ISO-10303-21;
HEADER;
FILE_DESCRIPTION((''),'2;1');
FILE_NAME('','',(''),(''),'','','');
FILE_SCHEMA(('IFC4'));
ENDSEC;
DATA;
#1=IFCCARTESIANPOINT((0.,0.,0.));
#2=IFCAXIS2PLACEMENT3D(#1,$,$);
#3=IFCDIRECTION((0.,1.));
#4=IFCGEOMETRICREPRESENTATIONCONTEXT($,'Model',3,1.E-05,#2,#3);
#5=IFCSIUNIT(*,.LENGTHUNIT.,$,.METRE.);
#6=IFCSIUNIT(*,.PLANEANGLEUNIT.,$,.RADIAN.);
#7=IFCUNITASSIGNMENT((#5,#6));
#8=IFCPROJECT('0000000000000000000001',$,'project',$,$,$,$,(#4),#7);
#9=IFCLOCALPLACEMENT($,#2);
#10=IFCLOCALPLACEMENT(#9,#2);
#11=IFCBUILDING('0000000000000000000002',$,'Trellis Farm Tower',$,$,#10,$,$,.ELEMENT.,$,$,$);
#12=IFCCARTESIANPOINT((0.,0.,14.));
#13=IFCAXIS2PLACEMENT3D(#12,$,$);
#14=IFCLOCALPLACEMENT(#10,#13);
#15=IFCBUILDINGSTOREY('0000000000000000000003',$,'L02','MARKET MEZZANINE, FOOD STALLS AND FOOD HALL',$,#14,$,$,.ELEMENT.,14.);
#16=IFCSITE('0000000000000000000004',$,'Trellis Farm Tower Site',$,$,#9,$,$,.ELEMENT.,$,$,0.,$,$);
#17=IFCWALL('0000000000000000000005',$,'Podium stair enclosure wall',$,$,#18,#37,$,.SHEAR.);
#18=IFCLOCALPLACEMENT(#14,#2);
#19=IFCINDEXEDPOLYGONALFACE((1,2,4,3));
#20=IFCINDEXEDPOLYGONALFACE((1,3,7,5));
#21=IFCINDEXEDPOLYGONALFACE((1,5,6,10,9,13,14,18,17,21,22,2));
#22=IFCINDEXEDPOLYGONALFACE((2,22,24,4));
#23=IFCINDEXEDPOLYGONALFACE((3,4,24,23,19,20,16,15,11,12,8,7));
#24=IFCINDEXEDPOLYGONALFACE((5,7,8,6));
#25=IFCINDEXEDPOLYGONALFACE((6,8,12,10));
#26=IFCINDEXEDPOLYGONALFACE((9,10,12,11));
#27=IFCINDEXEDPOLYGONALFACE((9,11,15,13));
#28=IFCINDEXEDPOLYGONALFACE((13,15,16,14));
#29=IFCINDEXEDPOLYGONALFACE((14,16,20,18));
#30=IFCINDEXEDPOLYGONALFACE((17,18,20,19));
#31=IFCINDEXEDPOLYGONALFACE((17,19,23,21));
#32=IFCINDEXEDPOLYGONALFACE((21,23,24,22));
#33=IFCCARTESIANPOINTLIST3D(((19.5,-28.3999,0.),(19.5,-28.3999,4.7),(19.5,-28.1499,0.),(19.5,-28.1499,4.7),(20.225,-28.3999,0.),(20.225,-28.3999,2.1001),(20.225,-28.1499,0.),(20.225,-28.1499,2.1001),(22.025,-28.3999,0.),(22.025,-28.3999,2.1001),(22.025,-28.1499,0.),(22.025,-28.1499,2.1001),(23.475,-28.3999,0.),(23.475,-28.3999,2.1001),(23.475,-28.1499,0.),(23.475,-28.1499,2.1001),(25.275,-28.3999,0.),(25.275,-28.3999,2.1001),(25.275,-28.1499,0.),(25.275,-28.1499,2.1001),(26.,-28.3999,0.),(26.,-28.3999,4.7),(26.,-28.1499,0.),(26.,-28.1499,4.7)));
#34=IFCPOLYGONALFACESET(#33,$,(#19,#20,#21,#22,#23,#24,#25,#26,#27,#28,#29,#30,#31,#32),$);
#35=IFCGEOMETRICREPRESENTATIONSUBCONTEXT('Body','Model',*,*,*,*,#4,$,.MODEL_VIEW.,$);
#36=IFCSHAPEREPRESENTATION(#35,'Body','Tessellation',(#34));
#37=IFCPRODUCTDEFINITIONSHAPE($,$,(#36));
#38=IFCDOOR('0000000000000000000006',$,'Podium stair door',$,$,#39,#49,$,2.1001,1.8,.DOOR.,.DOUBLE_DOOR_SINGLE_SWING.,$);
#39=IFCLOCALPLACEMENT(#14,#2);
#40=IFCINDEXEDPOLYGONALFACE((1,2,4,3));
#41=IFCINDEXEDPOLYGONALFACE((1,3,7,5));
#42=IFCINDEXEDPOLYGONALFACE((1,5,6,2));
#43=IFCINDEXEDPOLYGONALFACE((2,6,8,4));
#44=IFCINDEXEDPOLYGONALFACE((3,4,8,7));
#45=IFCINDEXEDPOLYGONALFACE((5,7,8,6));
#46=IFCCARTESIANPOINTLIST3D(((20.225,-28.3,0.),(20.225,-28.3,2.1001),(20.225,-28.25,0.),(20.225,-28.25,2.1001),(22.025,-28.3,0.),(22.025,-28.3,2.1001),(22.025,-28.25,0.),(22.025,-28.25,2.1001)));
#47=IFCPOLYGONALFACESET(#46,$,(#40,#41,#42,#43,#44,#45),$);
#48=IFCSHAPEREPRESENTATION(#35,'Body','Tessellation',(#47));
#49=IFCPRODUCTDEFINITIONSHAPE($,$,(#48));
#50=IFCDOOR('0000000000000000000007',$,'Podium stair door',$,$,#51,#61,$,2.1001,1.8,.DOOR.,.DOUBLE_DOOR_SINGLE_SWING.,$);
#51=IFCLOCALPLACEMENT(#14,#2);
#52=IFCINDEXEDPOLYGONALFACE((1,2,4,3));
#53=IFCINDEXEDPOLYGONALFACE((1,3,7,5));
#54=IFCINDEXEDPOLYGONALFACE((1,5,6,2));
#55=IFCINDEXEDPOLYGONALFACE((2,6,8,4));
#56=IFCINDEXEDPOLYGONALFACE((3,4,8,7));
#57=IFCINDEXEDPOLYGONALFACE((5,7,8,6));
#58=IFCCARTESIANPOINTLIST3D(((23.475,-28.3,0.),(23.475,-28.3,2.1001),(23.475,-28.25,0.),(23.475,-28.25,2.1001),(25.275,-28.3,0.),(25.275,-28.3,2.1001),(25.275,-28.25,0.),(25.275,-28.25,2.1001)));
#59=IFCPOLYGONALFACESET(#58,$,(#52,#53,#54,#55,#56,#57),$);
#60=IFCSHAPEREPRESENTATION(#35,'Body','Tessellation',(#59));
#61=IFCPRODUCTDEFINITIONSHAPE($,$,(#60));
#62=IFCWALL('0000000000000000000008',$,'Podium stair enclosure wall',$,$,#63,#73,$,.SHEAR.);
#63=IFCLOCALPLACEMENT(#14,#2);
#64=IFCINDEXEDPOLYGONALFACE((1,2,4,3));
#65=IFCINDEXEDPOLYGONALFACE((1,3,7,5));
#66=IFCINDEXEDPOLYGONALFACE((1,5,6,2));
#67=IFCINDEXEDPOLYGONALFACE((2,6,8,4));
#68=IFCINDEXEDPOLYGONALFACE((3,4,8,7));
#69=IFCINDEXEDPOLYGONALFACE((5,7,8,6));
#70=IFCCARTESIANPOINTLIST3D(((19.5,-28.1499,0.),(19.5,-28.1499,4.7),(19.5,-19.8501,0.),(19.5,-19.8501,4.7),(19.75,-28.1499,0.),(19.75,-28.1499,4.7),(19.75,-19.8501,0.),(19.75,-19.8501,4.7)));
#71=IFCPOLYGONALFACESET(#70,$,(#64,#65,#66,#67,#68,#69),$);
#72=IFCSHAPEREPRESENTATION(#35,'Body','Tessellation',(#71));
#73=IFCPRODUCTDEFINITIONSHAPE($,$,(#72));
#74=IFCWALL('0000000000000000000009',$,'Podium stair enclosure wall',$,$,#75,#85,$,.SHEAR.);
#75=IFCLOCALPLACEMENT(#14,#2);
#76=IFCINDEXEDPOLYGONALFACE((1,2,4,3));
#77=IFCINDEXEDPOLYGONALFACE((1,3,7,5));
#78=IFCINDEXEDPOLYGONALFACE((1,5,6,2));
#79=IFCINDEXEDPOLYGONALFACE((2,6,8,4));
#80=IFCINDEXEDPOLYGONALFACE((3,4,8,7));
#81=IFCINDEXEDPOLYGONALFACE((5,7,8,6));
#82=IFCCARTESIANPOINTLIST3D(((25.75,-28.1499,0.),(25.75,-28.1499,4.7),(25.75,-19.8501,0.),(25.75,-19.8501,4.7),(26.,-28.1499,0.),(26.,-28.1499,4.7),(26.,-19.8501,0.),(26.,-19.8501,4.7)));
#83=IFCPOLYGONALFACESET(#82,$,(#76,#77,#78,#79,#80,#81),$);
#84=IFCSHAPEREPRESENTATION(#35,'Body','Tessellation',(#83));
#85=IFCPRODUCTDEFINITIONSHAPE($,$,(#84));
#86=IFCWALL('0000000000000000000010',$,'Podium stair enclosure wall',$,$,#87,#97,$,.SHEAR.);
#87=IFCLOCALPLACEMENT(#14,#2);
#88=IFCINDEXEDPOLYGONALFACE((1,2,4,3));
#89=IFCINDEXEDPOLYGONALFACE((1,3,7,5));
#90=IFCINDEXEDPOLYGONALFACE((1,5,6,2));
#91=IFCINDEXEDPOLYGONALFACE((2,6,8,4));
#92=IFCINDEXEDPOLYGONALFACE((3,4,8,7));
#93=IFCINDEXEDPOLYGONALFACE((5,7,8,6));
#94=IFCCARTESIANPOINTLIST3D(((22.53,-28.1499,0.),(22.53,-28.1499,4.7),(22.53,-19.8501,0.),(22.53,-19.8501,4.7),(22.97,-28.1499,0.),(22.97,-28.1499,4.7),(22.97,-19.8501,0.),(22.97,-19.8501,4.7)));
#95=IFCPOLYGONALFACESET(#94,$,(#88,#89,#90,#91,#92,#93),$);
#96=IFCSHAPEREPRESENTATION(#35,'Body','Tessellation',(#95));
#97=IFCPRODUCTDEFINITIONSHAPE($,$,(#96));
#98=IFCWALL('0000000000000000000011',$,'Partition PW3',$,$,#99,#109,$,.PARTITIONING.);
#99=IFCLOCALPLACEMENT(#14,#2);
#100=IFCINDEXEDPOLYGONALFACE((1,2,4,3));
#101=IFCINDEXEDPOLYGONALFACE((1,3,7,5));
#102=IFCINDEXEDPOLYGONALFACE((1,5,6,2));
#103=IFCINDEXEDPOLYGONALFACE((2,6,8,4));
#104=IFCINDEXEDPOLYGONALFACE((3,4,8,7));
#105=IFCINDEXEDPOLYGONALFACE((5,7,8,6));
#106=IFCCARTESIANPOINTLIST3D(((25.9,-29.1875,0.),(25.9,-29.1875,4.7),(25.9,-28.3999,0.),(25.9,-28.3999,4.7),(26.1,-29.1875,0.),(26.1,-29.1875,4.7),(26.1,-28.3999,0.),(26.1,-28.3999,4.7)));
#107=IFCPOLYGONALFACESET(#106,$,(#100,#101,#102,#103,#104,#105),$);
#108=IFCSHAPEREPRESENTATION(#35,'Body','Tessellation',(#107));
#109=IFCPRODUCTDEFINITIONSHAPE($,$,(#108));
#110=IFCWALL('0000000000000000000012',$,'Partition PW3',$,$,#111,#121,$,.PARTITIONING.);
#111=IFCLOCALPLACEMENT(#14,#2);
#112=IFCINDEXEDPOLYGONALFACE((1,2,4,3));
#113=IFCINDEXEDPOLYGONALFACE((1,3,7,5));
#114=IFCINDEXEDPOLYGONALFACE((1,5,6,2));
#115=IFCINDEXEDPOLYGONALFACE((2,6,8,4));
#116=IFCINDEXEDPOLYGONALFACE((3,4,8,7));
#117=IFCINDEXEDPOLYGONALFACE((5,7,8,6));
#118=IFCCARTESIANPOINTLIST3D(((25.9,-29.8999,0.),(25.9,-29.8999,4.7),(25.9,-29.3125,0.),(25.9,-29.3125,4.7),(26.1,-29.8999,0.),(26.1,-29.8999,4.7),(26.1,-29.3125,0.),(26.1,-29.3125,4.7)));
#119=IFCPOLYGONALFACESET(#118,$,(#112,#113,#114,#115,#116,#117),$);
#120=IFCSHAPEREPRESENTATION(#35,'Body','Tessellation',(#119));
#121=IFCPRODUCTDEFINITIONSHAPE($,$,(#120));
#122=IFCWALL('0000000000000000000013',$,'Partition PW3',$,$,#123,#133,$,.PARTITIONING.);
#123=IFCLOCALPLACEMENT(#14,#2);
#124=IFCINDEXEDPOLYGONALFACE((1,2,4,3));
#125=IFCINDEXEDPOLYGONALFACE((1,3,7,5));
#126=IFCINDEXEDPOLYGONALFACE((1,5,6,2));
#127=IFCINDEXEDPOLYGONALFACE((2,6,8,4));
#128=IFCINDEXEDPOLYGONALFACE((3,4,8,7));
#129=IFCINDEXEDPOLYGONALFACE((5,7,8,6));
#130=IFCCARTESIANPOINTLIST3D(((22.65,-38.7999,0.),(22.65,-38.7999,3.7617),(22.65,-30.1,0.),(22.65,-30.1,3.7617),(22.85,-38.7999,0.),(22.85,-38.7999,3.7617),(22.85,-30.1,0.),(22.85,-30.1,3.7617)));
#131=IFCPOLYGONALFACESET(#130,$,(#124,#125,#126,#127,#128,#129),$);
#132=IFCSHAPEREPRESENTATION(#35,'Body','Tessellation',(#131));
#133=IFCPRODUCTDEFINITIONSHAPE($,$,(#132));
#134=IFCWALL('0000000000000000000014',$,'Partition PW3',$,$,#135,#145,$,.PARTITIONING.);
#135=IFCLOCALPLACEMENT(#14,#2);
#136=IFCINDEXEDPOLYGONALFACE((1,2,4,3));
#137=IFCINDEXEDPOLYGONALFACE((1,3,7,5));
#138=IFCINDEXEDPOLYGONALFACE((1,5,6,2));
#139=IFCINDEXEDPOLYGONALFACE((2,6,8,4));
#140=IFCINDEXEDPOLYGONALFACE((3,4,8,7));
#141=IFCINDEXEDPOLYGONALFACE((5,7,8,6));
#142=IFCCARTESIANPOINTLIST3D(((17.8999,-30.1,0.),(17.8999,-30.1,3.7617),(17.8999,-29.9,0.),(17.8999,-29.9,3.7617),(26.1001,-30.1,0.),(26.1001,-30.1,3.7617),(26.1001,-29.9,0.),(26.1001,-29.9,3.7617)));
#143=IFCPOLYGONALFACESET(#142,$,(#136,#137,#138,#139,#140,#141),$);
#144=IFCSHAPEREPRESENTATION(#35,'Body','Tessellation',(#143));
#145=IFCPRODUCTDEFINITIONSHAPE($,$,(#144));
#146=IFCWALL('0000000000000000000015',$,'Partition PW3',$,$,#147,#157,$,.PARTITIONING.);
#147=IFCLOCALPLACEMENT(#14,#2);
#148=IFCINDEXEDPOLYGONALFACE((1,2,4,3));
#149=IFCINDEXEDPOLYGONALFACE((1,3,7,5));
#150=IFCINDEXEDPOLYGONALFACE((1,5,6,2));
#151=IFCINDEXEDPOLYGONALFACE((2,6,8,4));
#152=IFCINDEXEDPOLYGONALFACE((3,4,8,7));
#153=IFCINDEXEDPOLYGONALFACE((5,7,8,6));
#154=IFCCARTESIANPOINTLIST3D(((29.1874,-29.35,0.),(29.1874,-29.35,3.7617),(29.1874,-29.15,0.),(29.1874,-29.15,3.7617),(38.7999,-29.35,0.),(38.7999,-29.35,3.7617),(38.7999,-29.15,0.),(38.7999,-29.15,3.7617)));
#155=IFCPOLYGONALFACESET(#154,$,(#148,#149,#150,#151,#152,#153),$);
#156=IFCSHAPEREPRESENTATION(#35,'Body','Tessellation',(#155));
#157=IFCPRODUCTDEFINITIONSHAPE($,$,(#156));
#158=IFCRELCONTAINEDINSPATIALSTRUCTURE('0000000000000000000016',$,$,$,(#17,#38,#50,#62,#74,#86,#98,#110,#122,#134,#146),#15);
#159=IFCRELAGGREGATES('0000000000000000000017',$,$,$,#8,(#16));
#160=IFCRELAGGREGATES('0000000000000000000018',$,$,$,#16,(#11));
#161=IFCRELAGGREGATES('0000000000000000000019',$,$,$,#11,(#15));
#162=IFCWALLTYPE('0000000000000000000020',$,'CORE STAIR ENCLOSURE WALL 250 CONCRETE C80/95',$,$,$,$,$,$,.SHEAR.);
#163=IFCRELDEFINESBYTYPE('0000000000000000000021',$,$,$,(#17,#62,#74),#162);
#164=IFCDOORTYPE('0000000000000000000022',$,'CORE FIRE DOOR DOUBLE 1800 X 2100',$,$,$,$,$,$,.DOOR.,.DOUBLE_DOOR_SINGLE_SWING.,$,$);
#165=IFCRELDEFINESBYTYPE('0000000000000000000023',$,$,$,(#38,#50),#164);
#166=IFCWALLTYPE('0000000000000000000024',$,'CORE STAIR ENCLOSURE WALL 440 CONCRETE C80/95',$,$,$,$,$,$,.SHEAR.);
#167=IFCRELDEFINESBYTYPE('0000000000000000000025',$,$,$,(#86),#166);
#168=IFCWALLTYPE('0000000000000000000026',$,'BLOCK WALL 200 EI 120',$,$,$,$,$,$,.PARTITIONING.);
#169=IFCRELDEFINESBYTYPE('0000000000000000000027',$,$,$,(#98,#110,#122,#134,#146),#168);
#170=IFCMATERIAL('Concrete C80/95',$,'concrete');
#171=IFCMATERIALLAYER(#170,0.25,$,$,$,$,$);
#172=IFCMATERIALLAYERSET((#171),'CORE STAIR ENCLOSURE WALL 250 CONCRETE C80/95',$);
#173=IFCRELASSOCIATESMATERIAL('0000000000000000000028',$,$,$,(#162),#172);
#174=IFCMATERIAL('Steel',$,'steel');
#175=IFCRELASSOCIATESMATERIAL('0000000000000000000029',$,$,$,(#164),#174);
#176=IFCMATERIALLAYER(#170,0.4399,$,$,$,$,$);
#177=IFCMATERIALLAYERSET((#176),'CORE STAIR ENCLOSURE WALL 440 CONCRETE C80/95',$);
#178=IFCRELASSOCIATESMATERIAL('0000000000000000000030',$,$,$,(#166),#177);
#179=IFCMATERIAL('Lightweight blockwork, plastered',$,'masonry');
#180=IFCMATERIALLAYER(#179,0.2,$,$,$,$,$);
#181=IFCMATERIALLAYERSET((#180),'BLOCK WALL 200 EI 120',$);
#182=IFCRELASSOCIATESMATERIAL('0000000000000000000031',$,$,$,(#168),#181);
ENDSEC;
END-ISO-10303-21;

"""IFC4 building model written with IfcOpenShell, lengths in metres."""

from ifc_helpers import new_model, si_unit, direction, frame, frame_2d, origin, place, context, subcontext, project, spatial, rectangle, extrude, source, transform, mapped, material, layer, layer_set, type_object, element, fill, save


model = new_model("IFC4")

# Units and contexts
model_context = context("Model", 3, precision=1e-05, world=origin(), true_north=direction((0.0, 1.0)))
body_context = subcontext(model_context, "Body", "Model", "MODEL_VIEW")
ifc_project = project(units=[si_unit("LENGTHUNIT", "METRE"), si_unit("PLANEANGLEUNIT", "RADIAN")], contexts=[model_context])

# Site, building, storey
site_placement = place(None, origin())
site = spatial("IfcSite", under=ifc_project, at=site_placement, Name="Trellis Farm Tower Site", CompositionType="ELEMENT", RefElevation=0.0)
building_placement = place(site_placement, origin())
building = spatial("IfcBuilding", under=site, at=building_placement, Name="Trellis Farm Tower", CompositionType="ELEMENT")
storey_placement = place(building_placement, frame((0.0, 0.0, 14.0)))
storey = spatial("IfcBuildingStorey", under=building, at=storey_placement, Name="L02", Description="MARKET MEZZANINE, FOOD STALLS AND FOOD HALL", CompositionType="ELEMENT", Elevation=14.0)

# Wall, openings, doors
ifc_material_1 = material(Name="Concrete C80/95", Category="concrete")
ifc_layer_1 = layer(ifc_material_1, 0.25)
ifc_layer_set_1 = layer_set([ifc_layer_1], Name="CORE STAIR ENCLOSURE WALL 250 CONCRETE C80/95")
wall_type_1 = type_object("IfcWallType", Name="CORE STAIR ENCLOSURE WALL 250 CONCRETE C80/95", PredefinedType="SHEAR", material=ifc_layer_set_1)
shared_shape_1 = source(origin(), body_context, "Body", "SweptSolid", [
    extrude(rectangle(XDim=6.5, YDim=0.25, at=frame_2d((3.25, 0.0))), origin(), (0.0, 0.0, 1.0), 4.7),
])
wall_1_placement = place(storey_placement, frame((19.5, -28.2749, 0.0), z_axis=(0.0, 0.0, 1.0), x_axis=(1.0, 0.0, 0.0)))
wall_1 = element("IfcWall", 1, at=wall_1_placement, inside=storey, type_object=wall_type_1, Name="Podium stair enclosure wall", PredefinedType="SHEAR", context=body_context, shape_type="MappedRepresentation", body=[
    mapped(shared_shape_1, transform((0.0, 0.0, 0.0))),
])
shared_shape_2 = source(origin(), body_context, "Body", "SweptSolid", [
    extrude(rectangle(XDim=1.8, YDim=2.1001, at=frame_2d((0.8999, 1.05))), frame((0.0, 0.135, 0.0), z_axis=(0.0, -1.0, 0.0), x_axis=(1.0, 0.0, 0.0)), (0.0, 0.0, 1.0), 0.27),
])
opening_1_placement = place(wall_1_placement, frame((0.7251, 0.0, 0.0)))
opening_1 = element("IfcOpeningElement", 2, at=opening_1_placement, cuts=wall_1, PredefinedType="OPENING", context=body_context, shape_type="MappedRepresentation", body=[
    mapped(shared_shape_2, transform((0.0, 0.0, 0.0))),
])
opening_2_placement = place(wall_1_placement, frame((3.9751, 0.0, 0.0)))
opening_2 = element("IfcOpeningElement", 3, at=opening_2_placement, cuts=wall_1, PredefinedType="OPENING", context=body_context, shape_type="MappedRepresentation", body=[
    mapped(shared_shape_2, transform((0.0, 0.0, 0.0))),
])
ifc_material_2 = material(Name="Steel", Category="steel")
door_type_1 = type_object("IfcDoorType", Name="CORE FIRE DOOR DOUBLE 1800 X 2100", OperationType="DOUBLE_DOOR_SINGLE_SWING", PredefinedType="DOOR", material=ifc_material_2)
shared_shape_3 = source(origin(), body_context, "Body", "SweptSolid", [
    extrude(rectangle(XDim=1.8, YDim=2.1001, at=frame_2d((0.8999, 1.05))), frame((0.0, 0.0249, 0.0), z_axis=(0.0, -1.0, 0.0), x_axis=(1.0, 0.0, 0.0)), (0.0, 0.0, 1.0), 0.05),
])
door_1_placement = place(opening_1_placement, origin())
door_1 = element("IfcDoor", 4, at=door_1_placement, inside=storey, type_object=door_type_1, Name="Podium stair door", OperationType="DOUBLE_DOOR_SINGLE_SWING", OverallHeight=2.1001, OverallWidth=1.8, PredefinedType="DOOR", context=body_context, shape_type="MappedRepresentation", body=[
    mapped(shared_shape_3, transform((0.0, 0.0, 0.0))),
])
fill(opening_1, door_1)
door_2_placement = place(opening_2_placement, origin())
door_2 = element("IfcDoor", 5, at=door_2_placement, inside=storey, type_object=door_type_1, Name="Podium stair door", OperationType="DOUBLE_DOOR_SINGLE_SWING", OverallHeight=2.1001, OverallWidth=1.8, PredefinedType="DOOR", context=body_context, shape_type="MappedRepresentation", body=[
    mapped(shared_shape_3, transform((0.0, 0.0, 0.0))),
])
fill(opening_2, door_2)

# Walls
shared_shape_4 = source(origin(), body_context, "Body", "SweptSolid", [
    extrude(rectangle(XDim=8.2998, YDim=0.25, at=frame_2d((4.1499, 0.0))), origin(), (0.0, 0.0, 1.0), 4.7),
])
for number, where, z_axis, x_axis, name in (
    (6, (19.625, -28.1499, 0.0), (0.0, 0.0, 1.0), (0.0, 1.0, 0.0), "Podium stair enclosure wall"),
    (7, (25.875, -28.1499, 0.0), (0.0, 0.0, 1.0), (0.0, 1.0, 0.0), "Podium stair enclosure wall"),
):
    element("IfcWall", number, at=place(storey_placement, frame(where, z_axis=z_axis, x_axis=x_axis)), inside=storey, type_object=wall_type_1, Name=name, PredefinedType="SHEAR", context=body_context, shape_type="MappedRepresentation", body=[
        mapped(shared_shape_4, transform((0.0, 0.0, 0.0))),
    ])
ifc_layer_2 = layer(ifc_material_1, 0.4399)
ifc_layer_set_2 = layer_set([ifc_layer_2], Name="CORE STAIR ENCLOSURE WALL 440 CONCRETE C80/95")
wall_type_2 = type_object("IfcWallType", Name="CORE STAIR ENCLOSURE WALL 440 CONCRETE C80/95", PredefinedType="SHEAR", material=ifc_layer_set_2)
shared_shape_5 = source(origin(), body_context, "Body", "SweptSolid", [
    extrude(rectangle(XDim=8.2998, YDim=0.4399, at=frame_2d((4.1499, 0.0))), origin(), (0.0, 0.0, 1.0), 4.7),
])
wall_2_placement = place(storey_placement, frame((22.75, -28.1499, 0.0), z_axis=(0.0, 0.0, 1.0), x_axis=(0.0, 1.0, 0.0)))
element("IfcWall", 8, at=wall_2_placement, inside=storey, type_object=wall_type_2, Name="Podium stair enclosure wall", PredefinedType="SHEAR", context=body_context, shape_type="MappedRepresentation", body=[
    mapped(shared_shape_5, transform((0.0, 0.0, 0.0))),
])
ifc_material_3 = material(Name="Lightweight blockwork, plastered", Category="masonry")
ifc_layer_3 = layer(ifc_material_3, 0.2)
ifc_layer_set_3 = layer_set([ifc_layer_3], Name="BLOCK WALL 200 EI 120")
wall_type_3 = type_object("IfcWallType", Name="BLOCK WALL 200 EI 120", PredefinedType="PARTITIONING", material=ifc_layer_set_3)
shared_shape_6 = source(origin(), body_context, "Body", "SweptSolid", [
    extrude(rectangle(XDim=0.7876, YDim=0.2, at=frame_2d((0.3938, 0.0))), origin(), (0.0, 0.0, 1.0), 4.7),
])
wall_3_placement = place(storey_placement, frame((26.0, -29.1875, 0.0), z_axis=(0.0, 0.0, 1.0), x_axis=(0.0, 1.0, 0.0)))
element("IfcWall", 9, at=wall_3_placement, inside=storey, type_object=wall_type_3, Name="Partition PW3", PredefinedType="PARTITIONING", context=body_context, shape_type="MappedRepresentation", body=[
    mapped(shared_shape_6, transform((0.0, 0.0, 0.0))),
])
shared_shape_7 = source(origin(), body_context, "Body", "SweptSolid", [
    extrude(rectangle(XDim=0.5874, YDim=0.2, at=frame_2d((0.2937, 0.0))), origin(), (0.0, 0.0, 1.0), 4.7),
])
wall_4_placement = place(storey_placement, frame((26.0, -29.3125, 0.0), z_axis=(0.0, 0.0, 1.0), x_axis=(0.0, -1.0, 0.0)))
element("IfcWall", 10, at=wall_4_placement, inside=storey, type_object=wall_type_3, Name="Partition PW3", PredefinedType="PARTITIONING", context=body_context, shape_type="MappedRepresentation", body=[
    mapped(shared_shape_7, transform((0.0, 0.0, 0.0))),
])
shared_shape_8 = source(origin(), body_context, "Body", "SweptSolid", [
    extrude(rectangle(XDim=8.7, YDim=0.2, at=frame_2d((4.3501, 0.0))), origin(), (0.0, 0.0, 1.0), 3.7617),
])
wall_5_placement = place(storey_placement, frame((22.75, -38.8, 0.0), z_axis=(0.0, 0.0, 1.0), x_axis=(0.0, 1.0, 0.0)))
element("IfcWall", 11, at=wall_5_placement, inside=storey, type_object=wall_type_3, Name="Partition PW3", PredefinedType="PARTITIONING", context=body_context, shape_type="MappedRepresentation", body=[
    mapped(shared_shape_8, transform((0.0, 0.0, 0.0))),
])
shared_shape_9 = source(origin(), body_context, "Body", "SweptSolid", [
    extrude(rectangle(XDim=8.2002, YDim=0.2, at=frame_2d((4.1001, 0.0))), origin(), (0.0, 0.0, 1.0), 3.7617),
])
wall_6_placement = place(storey_placement, frame((26.1001, -30.0, 0.0), z_axis=(0.0, 0.0, 1.0), x_axis=(-1.0, 0.0, 0.0)))
element("IfcWall", 12, at=wall_6_placement, inside=storey, type_object=wall_type_3, Name="Partition PW3", PredefinedType="PARTITIONING", context=body_context, shape_type="MappedRepresentation", body=[
    mapped(shared_shape_9, transform((0.0, 0.0, 0.0))),
])
shared_shape_10 = source(origin(), body_context, "Body", "SweptSolid", [
    extrude(rectangle(XDim=9.6125, YDim=0.2, at=frame_2d((4.8062, 0.0))), origin(), (0.0, 0.0, 1.0), 3.7617),
])
wall_7_placement = place(storey_placement, frame((29.1875, -29.25, 0.0), z_axis=(0.0, 0.0, 1.0), x_axis=(1.0, 0.0, 0.0)))
element("IfcWall", 13, at=wall_7_placement, inside=storey, type_object=wall_type_3, Name="Partition PW3", PredefinedType="PARTITIONING", context=body_context, shape_type="MappedRepresentation", body=[
    mapped(shared_shape_10, transform((0.0, 0.0, 0.0))),
])

save(model, "model.ifc")
